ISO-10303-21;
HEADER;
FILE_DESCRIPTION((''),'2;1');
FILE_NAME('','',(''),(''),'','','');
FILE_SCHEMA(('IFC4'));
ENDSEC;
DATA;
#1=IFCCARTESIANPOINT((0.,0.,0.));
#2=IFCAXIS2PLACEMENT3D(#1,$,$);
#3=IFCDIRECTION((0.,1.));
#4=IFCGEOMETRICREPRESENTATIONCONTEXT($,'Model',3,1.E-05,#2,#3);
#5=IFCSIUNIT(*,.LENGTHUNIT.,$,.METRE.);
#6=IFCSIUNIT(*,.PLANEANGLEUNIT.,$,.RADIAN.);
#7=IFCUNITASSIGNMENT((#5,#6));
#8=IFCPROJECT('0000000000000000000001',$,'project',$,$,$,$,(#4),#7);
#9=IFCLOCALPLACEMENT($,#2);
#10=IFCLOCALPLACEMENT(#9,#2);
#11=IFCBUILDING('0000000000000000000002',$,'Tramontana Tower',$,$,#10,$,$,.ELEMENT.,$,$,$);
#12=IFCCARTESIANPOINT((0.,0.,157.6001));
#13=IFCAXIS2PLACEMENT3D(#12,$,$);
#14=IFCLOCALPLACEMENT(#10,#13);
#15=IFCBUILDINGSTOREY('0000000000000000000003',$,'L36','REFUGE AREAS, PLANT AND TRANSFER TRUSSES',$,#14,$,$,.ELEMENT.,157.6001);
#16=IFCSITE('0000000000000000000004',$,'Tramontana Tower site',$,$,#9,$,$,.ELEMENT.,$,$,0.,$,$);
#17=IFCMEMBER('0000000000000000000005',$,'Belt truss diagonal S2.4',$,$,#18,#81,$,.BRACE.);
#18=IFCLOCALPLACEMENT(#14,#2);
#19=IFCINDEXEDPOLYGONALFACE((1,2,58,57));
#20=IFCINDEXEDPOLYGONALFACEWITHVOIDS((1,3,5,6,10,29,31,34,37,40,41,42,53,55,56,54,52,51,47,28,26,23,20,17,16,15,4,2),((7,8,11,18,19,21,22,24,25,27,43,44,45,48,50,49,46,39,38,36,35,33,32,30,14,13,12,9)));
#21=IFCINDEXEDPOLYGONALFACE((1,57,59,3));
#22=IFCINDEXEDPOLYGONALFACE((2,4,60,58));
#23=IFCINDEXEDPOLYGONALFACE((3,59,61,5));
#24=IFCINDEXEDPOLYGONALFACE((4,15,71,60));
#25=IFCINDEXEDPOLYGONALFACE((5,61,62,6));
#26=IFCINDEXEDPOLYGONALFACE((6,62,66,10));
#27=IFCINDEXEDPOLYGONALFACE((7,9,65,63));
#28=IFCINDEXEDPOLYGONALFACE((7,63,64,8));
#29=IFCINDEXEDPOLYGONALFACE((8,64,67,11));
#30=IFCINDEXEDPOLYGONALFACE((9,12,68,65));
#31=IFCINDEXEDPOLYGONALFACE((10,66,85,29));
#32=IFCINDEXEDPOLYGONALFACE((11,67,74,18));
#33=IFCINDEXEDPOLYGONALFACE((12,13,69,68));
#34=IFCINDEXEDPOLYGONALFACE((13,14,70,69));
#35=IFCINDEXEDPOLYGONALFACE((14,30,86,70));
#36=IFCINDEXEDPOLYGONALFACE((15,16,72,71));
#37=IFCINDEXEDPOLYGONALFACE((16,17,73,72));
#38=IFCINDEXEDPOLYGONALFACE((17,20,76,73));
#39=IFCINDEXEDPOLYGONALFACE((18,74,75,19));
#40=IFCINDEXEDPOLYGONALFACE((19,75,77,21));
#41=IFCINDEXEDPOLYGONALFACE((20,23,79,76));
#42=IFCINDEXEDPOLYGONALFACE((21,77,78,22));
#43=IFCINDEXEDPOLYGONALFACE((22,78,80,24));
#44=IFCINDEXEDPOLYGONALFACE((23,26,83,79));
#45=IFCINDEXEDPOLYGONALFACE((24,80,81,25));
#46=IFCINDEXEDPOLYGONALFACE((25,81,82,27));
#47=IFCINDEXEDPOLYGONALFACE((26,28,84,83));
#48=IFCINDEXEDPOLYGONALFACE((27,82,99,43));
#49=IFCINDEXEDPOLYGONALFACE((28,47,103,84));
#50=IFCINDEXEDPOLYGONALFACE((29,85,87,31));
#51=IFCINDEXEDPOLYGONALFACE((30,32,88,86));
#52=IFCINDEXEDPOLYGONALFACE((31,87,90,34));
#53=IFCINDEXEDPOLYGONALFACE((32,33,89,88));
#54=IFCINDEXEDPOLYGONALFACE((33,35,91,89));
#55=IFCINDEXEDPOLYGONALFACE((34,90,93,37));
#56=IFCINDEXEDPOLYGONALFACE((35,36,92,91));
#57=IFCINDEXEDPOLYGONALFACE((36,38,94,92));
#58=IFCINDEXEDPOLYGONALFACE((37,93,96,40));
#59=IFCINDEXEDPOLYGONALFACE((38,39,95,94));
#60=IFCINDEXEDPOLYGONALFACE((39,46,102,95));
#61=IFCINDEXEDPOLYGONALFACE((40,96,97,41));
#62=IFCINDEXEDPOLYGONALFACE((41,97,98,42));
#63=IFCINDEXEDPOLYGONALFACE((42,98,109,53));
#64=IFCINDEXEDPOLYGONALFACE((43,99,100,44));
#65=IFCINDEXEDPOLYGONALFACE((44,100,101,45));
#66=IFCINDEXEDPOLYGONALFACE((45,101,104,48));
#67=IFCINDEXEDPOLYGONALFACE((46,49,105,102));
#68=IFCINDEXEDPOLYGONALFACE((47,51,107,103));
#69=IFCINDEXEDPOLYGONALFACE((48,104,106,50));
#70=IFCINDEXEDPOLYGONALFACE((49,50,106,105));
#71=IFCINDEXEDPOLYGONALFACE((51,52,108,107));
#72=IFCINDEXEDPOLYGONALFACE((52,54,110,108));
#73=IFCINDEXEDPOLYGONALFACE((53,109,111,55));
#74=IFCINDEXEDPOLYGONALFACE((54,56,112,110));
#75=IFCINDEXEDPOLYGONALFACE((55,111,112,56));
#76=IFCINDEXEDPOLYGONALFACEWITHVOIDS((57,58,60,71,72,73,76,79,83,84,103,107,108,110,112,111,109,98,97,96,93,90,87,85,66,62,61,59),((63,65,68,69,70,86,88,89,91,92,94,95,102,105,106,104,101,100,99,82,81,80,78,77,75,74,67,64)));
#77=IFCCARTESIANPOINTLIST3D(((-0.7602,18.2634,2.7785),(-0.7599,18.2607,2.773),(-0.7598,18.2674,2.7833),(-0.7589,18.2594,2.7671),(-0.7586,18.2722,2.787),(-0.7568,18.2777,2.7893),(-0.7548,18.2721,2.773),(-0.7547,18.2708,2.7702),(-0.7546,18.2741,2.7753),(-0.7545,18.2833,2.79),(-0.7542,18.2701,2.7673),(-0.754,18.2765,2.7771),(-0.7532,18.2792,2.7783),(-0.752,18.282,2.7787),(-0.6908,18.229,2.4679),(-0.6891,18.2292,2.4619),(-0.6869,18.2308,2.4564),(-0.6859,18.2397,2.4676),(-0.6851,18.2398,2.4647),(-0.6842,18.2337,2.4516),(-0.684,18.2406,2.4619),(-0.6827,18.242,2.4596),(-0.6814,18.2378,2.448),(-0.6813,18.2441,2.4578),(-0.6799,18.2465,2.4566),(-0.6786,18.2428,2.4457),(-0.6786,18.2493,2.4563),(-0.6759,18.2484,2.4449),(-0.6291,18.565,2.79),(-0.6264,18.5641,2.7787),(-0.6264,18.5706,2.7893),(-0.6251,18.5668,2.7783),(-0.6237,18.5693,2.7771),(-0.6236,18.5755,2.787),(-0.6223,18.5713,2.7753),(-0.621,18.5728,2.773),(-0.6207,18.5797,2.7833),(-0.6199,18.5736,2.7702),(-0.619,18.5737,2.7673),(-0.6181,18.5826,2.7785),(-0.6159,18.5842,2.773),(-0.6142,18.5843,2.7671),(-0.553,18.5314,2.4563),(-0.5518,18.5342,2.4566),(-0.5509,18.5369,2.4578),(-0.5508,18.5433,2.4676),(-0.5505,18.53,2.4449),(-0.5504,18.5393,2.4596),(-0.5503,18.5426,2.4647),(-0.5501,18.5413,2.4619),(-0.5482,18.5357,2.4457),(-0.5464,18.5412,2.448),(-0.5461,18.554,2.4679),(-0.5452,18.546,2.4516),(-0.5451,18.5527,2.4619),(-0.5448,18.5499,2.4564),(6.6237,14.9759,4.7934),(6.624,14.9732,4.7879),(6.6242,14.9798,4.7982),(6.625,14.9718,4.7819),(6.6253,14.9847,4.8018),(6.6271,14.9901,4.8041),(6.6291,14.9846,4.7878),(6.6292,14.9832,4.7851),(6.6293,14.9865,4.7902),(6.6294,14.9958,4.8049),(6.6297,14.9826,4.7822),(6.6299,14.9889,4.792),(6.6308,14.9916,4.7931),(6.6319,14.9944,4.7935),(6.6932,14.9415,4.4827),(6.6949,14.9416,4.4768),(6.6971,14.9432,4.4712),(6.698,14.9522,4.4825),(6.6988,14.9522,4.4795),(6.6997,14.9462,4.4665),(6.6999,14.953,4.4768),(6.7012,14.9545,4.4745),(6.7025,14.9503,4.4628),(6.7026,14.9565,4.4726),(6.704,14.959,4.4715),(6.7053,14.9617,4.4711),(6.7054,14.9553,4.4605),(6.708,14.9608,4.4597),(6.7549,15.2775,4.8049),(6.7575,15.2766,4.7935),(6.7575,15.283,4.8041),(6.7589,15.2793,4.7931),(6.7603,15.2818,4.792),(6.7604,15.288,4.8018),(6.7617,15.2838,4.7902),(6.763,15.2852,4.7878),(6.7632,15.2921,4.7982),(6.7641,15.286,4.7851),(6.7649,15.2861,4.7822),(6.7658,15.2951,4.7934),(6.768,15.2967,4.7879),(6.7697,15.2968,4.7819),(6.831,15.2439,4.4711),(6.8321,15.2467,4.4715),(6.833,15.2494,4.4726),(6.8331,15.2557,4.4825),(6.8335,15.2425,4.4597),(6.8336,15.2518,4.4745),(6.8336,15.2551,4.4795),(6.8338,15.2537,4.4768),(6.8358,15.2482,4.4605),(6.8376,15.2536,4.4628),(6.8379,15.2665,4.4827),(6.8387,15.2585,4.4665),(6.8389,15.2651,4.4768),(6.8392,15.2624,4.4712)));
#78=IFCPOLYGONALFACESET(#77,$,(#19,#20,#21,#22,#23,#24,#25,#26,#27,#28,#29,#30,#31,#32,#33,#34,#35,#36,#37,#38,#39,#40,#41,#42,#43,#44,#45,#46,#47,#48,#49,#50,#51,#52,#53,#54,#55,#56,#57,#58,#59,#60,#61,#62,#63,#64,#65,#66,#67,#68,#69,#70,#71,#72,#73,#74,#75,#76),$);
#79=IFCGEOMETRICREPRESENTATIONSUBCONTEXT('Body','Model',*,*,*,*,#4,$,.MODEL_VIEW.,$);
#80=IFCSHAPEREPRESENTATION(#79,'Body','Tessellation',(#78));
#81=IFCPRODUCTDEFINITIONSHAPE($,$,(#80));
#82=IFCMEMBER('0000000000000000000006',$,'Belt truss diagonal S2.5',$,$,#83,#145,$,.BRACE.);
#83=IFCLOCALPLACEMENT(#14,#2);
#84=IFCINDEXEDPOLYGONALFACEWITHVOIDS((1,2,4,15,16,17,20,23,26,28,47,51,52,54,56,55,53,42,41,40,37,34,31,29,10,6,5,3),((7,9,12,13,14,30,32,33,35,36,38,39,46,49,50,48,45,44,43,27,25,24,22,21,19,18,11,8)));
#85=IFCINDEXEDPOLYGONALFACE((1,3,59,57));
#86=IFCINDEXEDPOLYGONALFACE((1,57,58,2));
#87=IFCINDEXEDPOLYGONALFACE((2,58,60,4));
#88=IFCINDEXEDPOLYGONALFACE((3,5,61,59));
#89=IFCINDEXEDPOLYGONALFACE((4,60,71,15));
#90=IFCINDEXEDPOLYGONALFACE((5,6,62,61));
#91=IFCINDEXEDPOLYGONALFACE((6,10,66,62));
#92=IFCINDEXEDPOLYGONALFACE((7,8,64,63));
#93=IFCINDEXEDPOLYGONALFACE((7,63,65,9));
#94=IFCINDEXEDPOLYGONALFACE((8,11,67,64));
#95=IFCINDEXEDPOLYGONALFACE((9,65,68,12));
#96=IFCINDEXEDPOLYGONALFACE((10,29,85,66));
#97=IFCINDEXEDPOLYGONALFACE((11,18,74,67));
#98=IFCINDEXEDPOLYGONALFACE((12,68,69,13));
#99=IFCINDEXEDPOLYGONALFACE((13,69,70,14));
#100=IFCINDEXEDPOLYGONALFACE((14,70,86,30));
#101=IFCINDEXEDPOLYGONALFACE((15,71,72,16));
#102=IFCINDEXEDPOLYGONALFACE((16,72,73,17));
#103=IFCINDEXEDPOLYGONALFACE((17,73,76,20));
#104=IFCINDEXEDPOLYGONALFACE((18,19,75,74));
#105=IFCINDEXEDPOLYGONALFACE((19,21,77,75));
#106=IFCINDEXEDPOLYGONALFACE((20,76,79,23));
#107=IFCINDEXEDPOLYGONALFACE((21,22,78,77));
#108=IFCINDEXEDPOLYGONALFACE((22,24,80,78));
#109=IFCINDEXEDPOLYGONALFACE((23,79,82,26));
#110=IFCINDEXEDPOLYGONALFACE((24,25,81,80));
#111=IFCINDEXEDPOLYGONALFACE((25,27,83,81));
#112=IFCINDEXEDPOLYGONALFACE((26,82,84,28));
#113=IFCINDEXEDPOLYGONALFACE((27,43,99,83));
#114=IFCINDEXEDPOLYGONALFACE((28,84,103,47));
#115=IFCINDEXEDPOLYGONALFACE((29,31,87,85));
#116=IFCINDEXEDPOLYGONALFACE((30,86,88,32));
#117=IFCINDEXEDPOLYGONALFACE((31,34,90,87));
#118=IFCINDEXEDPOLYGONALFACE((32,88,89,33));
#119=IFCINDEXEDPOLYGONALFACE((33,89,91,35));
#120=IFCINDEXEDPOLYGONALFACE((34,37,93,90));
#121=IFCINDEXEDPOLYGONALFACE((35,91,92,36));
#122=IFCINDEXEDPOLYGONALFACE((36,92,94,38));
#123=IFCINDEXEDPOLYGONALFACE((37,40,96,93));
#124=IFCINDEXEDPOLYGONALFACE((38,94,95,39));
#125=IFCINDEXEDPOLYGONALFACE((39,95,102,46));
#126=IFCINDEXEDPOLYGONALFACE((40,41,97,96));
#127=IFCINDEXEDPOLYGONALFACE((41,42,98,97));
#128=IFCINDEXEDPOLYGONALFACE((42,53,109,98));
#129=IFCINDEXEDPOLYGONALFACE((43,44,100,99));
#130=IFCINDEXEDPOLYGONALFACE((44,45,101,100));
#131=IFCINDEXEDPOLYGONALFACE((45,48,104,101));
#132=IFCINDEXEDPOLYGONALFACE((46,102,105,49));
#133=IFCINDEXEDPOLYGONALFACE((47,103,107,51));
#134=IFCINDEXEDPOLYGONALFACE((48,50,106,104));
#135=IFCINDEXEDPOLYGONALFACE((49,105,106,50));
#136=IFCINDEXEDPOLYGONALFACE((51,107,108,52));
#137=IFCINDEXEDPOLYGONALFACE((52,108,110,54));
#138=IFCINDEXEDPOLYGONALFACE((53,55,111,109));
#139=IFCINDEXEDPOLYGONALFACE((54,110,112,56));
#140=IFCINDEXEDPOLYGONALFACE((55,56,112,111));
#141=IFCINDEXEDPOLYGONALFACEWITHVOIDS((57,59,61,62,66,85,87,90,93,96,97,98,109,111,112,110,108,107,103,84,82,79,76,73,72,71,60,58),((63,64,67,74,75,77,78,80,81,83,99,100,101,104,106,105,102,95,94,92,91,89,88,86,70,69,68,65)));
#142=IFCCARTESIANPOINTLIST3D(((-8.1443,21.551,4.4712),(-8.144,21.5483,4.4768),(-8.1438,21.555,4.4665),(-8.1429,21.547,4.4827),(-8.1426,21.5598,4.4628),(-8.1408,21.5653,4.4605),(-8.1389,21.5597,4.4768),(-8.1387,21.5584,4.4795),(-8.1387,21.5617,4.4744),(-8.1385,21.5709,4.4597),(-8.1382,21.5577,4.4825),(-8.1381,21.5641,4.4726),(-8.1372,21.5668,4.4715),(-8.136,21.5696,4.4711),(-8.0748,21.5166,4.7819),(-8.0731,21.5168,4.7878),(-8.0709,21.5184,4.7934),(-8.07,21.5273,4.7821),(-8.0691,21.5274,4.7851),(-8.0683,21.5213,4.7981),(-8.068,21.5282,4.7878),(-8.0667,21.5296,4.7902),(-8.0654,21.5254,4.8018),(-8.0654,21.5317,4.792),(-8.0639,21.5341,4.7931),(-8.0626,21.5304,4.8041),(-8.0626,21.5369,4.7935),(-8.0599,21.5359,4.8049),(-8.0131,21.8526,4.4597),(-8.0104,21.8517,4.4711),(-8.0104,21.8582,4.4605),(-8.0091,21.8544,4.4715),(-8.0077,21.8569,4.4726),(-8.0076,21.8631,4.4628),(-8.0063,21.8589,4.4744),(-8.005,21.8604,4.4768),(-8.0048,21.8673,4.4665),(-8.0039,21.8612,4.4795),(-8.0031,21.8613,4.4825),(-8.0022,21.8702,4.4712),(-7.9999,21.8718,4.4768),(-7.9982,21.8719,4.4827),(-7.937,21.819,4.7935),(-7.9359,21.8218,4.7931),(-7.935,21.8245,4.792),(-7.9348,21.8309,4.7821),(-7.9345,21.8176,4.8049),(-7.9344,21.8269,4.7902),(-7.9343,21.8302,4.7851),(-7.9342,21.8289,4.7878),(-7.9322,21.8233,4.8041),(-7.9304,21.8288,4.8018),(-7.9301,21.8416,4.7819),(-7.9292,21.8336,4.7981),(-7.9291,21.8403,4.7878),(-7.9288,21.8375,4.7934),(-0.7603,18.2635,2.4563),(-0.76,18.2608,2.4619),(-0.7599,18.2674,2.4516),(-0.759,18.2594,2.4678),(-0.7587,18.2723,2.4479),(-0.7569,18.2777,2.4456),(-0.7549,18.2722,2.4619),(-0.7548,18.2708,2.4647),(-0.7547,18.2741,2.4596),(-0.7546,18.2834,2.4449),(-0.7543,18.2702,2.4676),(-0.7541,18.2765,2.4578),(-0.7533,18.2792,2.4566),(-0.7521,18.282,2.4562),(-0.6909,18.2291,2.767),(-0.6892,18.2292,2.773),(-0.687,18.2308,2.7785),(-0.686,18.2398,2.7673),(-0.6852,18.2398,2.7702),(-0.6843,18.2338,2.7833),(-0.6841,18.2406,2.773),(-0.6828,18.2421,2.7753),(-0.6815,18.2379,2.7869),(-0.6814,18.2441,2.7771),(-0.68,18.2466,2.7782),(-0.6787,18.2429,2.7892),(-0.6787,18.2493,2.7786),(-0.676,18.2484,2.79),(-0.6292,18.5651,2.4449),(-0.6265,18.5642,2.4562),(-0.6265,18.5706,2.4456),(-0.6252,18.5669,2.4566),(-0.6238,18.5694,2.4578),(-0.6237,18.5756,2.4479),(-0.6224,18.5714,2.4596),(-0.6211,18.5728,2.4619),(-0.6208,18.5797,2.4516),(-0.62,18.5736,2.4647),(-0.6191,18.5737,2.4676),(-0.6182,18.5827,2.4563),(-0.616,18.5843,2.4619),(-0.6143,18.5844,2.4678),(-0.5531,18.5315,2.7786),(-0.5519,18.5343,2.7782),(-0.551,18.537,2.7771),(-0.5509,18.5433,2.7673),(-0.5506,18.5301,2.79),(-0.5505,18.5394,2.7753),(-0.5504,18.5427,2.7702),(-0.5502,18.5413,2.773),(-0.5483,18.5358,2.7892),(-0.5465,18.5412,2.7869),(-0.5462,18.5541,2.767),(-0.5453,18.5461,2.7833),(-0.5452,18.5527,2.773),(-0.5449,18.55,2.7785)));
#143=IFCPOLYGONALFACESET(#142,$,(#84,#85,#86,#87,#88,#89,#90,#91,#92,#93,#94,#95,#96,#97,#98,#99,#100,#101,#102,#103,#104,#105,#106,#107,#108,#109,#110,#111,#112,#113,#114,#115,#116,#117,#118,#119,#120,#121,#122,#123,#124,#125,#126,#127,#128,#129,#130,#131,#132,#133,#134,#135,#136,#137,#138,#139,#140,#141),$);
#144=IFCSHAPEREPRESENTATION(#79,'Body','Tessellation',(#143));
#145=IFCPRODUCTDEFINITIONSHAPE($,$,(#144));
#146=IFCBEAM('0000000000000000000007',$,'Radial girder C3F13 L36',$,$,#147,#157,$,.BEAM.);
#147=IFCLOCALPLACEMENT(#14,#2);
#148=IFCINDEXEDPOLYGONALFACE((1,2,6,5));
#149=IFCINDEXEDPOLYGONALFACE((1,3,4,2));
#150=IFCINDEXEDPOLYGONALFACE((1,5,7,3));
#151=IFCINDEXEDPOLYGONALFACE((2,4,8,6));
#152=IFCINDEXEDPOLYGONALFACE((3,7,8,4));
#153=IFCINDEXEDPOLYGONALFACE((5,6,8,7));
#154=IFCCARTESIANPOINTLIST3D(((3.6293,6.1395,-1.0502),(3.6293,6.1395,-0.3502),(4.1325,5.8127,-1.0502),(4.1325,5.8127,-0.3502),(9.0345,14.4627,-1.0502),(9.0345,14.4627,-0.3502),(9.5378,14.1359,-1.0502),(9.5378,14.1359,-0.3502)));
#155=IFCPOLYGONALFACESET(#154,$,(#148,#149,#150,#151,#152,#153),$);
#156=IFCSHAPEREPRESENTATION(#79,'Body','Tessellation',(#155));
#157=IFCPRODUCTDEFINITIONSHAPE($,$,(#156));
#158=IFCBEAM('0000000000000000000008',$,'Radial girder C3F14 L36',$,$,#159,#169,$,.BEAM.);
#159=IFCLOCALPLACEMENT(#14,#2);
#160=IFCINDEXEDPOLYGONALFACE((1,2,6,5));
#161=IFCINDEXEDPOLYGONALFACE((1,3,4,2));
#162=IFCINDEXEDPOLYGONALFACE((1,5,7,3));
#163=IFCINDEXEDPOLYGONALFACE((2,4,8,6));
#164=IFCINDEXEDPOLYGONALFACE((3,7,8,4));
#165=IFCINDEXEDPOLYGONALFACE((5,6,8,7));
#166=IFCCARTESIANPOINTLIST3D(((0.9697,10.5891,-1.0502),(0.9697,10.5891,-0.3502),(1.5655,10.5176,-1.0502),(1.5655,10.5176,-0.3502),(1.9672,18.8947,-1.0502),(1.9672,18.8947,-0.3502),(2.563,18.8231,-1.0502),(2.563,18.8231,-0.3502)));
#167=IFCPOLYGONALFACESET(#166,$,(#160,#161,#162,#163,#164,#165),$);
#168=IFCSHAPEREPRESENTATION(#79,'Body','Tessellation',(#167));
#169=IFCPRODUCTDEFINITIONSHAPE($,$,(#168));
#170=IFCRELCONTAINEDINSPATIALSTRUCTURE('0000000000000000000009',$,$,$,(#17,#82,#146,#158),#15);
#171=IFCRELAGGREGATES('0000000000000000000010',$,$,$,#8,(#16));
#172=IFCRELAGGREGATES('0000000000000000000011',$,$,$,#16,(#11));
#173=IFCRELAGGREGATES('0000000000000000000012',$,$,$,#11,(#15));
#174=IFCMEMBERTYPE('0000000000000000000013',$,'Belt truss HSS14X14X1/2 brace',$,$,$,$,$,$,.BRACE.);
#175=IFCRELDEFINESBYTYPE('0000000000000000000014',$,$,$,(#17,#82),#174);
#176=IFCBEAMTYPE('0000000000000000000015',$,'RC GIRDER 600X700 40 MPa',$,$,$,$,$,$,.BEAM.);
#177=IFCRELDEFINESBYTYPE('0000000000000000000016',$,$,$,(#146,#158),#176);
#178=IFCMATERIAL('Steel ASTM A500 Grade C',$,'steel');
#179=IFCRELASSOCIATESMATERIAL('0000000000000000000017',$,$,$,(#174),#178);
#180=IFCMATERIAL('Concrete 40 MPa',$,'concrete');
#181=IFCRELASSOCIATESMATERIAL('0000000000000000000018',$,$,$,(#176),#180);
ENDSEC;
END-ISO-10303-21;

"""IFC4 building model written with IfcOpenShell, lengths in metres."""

from ifc_helpers import new_model, si_unit, direction, frame, origin, origin_2d, place, context, subcontext, project, spatial, rectangle, hollow_rectangle, extrude, material, material_profile, profile_set, type_object, element, save


model = new_model("IFC4")

# Units and contexts
model_context = context("Model", 3, precision=1e-05, world=origin(), true_north=direction((0.0, 1.0)))
body_context = subcontext(model_context, "Body", "Model", "MODEL_VIEW")
ifc_project = project(units=[si_unit("LENGTHUNIT", "METRE"), si_unit("PLANEANGLEUNIT", "RADIAN")], contexts=[model_context])

# Site, building, storey
site_placement = place(None, origin())
site = spatial("IfcSite", under=ifc_project, at=site_placement, Name="Tramontana Tower site", CompositionType="ELEMENT", RefElevation=0.0)
building_placement = place(site_placement, origin())
building = spatial("IfcBuilding", under=site, at=building_placement, Name="Tramontana Tower", CompositionType="ELEMENT")
storey_placement = place(building_placement, frame((0.0, 0.0, 157.6001)))
storey = spatial("IfcBuildingStorey", under=building, at=storey_placement, Name="L36", Description="REFUGE AREAS, PLANT AND TRANSFER TRUSSES", CompositionType="ELEMENT", Elevation=157.6001)

# Members
ifc_material_1 = material(Name="Steel ASTM A500 Grade C", Category="steel")
ifc_material_profile_1 = material_profile(ifc_material_1, hollow_rectangle(XDim=0.3557, YDim=0.3557, WallThickness=0.0117, InnerFilletRadius=0.0117, OuterFilletRadius=0.0237, at=origin_2d()), Name="HSS14X14X1/2")
ifc_profile_set_1 = profile_set([ifc_material_profile_1], Name="Steel ASTM A500 Grade C")
member_type_1 = type_object("IfcMemberType", Name="Belt truss HSS14X14X1/2 brace", PredefinedType="BRACE", material=ifc_profile_set_1)
for number, where, z_axis, x_axis, name in (
    (1, (6.7314, 15.1191, 4.6323), (-0.886419, 0.394661, -0.241878), (-0.406738, -0.913545, 0.0), "Belt truss diagonal S2.4"),
    (2, (-0.6526, 18.4067, 2.6174), (-0.886419, 0.394661, 0.241878), (-0.406738, -0.913545, 0.0), "Belt truss diagonal S2.5"),
):
    element("IfcMember", number, at=place(storey_placement, frame(where, z_axis=z_axis, x_axis=x_axis)), inside=storey, type_object=member_type_1, Name=name, PredefinedType="BRACE", context=body_context, shape_type="SweptSolid", body=[
        extrude(hollow_rectangle(XDim=0.3557, YDim=0.3557, WallThickness=0.0117, InnerFilletRadius=0.0117, OuterFilletRadius=0.0237, at=origin_2d()), origin(), (0.0, 0.0, 1.0), 8.3301),
    ])

# Beams
ifc_material_2 = material(Name="Concrete 40 MPa", Category="concrete")
ifc_material_profile_2 = material_profile(ifc_material_2, rectangle(XDim=0.6001, YDim=0.7, at=origin_2d()), Name="RC GIRDER 600X700 40 MPa")
ifc_profile_set_2 = profile_set([ifc_material_profile_2], Name="Concrete 40 MPa")
beam_type = type_object("IfcBeamType", Name="RC GIRDER 600X700 40 MPa", PredefinedType="BEAM", material=ifc_profile_set_2)
beam_1_placement = place(storey_placement, frame((9.2861, 14.2993, -0.7002), z_axis=(-0.544646, -0.838666, 0.0), x_axis=(0.838666, -0.544646, 0.0)))
element("IfcBeam", 3, at=beam_1_placement, inside=storey, type_object=beam_type, Name="Radial girder C3F13 L36", PredefinedType="BEAM", context=body_context, shape_type="SweptSolid", body=[
    extrude(rectangle(XDim=0.6001, YDim=0.7, at=origin_2d()), origin(), (0.0, 0.0, 1.0), 9.9243),
])
beam_2_placement = place(storey_placement, frame((2.2651, 18.8589, -0.7002), z_axis=(-0.119249, -0.992864, 0.0), x_axis=(0.992864, -0.119249, 0.0)))
element("IfcBeam", 4, at=beam_2_placement, inside=storey, type_object=beam_type, Name="Radial girder C3F14 L36", PredefinedType="BEAM", context=body_context, shape_type="SweptSolid", body=[
    extrude(rectangle(XDim=0.6001, YDim=0.7, at=origin_2d()), origin(), (0.0, 0.0, 1.0), 8.3652),
])

save(model, "model.ifc")
